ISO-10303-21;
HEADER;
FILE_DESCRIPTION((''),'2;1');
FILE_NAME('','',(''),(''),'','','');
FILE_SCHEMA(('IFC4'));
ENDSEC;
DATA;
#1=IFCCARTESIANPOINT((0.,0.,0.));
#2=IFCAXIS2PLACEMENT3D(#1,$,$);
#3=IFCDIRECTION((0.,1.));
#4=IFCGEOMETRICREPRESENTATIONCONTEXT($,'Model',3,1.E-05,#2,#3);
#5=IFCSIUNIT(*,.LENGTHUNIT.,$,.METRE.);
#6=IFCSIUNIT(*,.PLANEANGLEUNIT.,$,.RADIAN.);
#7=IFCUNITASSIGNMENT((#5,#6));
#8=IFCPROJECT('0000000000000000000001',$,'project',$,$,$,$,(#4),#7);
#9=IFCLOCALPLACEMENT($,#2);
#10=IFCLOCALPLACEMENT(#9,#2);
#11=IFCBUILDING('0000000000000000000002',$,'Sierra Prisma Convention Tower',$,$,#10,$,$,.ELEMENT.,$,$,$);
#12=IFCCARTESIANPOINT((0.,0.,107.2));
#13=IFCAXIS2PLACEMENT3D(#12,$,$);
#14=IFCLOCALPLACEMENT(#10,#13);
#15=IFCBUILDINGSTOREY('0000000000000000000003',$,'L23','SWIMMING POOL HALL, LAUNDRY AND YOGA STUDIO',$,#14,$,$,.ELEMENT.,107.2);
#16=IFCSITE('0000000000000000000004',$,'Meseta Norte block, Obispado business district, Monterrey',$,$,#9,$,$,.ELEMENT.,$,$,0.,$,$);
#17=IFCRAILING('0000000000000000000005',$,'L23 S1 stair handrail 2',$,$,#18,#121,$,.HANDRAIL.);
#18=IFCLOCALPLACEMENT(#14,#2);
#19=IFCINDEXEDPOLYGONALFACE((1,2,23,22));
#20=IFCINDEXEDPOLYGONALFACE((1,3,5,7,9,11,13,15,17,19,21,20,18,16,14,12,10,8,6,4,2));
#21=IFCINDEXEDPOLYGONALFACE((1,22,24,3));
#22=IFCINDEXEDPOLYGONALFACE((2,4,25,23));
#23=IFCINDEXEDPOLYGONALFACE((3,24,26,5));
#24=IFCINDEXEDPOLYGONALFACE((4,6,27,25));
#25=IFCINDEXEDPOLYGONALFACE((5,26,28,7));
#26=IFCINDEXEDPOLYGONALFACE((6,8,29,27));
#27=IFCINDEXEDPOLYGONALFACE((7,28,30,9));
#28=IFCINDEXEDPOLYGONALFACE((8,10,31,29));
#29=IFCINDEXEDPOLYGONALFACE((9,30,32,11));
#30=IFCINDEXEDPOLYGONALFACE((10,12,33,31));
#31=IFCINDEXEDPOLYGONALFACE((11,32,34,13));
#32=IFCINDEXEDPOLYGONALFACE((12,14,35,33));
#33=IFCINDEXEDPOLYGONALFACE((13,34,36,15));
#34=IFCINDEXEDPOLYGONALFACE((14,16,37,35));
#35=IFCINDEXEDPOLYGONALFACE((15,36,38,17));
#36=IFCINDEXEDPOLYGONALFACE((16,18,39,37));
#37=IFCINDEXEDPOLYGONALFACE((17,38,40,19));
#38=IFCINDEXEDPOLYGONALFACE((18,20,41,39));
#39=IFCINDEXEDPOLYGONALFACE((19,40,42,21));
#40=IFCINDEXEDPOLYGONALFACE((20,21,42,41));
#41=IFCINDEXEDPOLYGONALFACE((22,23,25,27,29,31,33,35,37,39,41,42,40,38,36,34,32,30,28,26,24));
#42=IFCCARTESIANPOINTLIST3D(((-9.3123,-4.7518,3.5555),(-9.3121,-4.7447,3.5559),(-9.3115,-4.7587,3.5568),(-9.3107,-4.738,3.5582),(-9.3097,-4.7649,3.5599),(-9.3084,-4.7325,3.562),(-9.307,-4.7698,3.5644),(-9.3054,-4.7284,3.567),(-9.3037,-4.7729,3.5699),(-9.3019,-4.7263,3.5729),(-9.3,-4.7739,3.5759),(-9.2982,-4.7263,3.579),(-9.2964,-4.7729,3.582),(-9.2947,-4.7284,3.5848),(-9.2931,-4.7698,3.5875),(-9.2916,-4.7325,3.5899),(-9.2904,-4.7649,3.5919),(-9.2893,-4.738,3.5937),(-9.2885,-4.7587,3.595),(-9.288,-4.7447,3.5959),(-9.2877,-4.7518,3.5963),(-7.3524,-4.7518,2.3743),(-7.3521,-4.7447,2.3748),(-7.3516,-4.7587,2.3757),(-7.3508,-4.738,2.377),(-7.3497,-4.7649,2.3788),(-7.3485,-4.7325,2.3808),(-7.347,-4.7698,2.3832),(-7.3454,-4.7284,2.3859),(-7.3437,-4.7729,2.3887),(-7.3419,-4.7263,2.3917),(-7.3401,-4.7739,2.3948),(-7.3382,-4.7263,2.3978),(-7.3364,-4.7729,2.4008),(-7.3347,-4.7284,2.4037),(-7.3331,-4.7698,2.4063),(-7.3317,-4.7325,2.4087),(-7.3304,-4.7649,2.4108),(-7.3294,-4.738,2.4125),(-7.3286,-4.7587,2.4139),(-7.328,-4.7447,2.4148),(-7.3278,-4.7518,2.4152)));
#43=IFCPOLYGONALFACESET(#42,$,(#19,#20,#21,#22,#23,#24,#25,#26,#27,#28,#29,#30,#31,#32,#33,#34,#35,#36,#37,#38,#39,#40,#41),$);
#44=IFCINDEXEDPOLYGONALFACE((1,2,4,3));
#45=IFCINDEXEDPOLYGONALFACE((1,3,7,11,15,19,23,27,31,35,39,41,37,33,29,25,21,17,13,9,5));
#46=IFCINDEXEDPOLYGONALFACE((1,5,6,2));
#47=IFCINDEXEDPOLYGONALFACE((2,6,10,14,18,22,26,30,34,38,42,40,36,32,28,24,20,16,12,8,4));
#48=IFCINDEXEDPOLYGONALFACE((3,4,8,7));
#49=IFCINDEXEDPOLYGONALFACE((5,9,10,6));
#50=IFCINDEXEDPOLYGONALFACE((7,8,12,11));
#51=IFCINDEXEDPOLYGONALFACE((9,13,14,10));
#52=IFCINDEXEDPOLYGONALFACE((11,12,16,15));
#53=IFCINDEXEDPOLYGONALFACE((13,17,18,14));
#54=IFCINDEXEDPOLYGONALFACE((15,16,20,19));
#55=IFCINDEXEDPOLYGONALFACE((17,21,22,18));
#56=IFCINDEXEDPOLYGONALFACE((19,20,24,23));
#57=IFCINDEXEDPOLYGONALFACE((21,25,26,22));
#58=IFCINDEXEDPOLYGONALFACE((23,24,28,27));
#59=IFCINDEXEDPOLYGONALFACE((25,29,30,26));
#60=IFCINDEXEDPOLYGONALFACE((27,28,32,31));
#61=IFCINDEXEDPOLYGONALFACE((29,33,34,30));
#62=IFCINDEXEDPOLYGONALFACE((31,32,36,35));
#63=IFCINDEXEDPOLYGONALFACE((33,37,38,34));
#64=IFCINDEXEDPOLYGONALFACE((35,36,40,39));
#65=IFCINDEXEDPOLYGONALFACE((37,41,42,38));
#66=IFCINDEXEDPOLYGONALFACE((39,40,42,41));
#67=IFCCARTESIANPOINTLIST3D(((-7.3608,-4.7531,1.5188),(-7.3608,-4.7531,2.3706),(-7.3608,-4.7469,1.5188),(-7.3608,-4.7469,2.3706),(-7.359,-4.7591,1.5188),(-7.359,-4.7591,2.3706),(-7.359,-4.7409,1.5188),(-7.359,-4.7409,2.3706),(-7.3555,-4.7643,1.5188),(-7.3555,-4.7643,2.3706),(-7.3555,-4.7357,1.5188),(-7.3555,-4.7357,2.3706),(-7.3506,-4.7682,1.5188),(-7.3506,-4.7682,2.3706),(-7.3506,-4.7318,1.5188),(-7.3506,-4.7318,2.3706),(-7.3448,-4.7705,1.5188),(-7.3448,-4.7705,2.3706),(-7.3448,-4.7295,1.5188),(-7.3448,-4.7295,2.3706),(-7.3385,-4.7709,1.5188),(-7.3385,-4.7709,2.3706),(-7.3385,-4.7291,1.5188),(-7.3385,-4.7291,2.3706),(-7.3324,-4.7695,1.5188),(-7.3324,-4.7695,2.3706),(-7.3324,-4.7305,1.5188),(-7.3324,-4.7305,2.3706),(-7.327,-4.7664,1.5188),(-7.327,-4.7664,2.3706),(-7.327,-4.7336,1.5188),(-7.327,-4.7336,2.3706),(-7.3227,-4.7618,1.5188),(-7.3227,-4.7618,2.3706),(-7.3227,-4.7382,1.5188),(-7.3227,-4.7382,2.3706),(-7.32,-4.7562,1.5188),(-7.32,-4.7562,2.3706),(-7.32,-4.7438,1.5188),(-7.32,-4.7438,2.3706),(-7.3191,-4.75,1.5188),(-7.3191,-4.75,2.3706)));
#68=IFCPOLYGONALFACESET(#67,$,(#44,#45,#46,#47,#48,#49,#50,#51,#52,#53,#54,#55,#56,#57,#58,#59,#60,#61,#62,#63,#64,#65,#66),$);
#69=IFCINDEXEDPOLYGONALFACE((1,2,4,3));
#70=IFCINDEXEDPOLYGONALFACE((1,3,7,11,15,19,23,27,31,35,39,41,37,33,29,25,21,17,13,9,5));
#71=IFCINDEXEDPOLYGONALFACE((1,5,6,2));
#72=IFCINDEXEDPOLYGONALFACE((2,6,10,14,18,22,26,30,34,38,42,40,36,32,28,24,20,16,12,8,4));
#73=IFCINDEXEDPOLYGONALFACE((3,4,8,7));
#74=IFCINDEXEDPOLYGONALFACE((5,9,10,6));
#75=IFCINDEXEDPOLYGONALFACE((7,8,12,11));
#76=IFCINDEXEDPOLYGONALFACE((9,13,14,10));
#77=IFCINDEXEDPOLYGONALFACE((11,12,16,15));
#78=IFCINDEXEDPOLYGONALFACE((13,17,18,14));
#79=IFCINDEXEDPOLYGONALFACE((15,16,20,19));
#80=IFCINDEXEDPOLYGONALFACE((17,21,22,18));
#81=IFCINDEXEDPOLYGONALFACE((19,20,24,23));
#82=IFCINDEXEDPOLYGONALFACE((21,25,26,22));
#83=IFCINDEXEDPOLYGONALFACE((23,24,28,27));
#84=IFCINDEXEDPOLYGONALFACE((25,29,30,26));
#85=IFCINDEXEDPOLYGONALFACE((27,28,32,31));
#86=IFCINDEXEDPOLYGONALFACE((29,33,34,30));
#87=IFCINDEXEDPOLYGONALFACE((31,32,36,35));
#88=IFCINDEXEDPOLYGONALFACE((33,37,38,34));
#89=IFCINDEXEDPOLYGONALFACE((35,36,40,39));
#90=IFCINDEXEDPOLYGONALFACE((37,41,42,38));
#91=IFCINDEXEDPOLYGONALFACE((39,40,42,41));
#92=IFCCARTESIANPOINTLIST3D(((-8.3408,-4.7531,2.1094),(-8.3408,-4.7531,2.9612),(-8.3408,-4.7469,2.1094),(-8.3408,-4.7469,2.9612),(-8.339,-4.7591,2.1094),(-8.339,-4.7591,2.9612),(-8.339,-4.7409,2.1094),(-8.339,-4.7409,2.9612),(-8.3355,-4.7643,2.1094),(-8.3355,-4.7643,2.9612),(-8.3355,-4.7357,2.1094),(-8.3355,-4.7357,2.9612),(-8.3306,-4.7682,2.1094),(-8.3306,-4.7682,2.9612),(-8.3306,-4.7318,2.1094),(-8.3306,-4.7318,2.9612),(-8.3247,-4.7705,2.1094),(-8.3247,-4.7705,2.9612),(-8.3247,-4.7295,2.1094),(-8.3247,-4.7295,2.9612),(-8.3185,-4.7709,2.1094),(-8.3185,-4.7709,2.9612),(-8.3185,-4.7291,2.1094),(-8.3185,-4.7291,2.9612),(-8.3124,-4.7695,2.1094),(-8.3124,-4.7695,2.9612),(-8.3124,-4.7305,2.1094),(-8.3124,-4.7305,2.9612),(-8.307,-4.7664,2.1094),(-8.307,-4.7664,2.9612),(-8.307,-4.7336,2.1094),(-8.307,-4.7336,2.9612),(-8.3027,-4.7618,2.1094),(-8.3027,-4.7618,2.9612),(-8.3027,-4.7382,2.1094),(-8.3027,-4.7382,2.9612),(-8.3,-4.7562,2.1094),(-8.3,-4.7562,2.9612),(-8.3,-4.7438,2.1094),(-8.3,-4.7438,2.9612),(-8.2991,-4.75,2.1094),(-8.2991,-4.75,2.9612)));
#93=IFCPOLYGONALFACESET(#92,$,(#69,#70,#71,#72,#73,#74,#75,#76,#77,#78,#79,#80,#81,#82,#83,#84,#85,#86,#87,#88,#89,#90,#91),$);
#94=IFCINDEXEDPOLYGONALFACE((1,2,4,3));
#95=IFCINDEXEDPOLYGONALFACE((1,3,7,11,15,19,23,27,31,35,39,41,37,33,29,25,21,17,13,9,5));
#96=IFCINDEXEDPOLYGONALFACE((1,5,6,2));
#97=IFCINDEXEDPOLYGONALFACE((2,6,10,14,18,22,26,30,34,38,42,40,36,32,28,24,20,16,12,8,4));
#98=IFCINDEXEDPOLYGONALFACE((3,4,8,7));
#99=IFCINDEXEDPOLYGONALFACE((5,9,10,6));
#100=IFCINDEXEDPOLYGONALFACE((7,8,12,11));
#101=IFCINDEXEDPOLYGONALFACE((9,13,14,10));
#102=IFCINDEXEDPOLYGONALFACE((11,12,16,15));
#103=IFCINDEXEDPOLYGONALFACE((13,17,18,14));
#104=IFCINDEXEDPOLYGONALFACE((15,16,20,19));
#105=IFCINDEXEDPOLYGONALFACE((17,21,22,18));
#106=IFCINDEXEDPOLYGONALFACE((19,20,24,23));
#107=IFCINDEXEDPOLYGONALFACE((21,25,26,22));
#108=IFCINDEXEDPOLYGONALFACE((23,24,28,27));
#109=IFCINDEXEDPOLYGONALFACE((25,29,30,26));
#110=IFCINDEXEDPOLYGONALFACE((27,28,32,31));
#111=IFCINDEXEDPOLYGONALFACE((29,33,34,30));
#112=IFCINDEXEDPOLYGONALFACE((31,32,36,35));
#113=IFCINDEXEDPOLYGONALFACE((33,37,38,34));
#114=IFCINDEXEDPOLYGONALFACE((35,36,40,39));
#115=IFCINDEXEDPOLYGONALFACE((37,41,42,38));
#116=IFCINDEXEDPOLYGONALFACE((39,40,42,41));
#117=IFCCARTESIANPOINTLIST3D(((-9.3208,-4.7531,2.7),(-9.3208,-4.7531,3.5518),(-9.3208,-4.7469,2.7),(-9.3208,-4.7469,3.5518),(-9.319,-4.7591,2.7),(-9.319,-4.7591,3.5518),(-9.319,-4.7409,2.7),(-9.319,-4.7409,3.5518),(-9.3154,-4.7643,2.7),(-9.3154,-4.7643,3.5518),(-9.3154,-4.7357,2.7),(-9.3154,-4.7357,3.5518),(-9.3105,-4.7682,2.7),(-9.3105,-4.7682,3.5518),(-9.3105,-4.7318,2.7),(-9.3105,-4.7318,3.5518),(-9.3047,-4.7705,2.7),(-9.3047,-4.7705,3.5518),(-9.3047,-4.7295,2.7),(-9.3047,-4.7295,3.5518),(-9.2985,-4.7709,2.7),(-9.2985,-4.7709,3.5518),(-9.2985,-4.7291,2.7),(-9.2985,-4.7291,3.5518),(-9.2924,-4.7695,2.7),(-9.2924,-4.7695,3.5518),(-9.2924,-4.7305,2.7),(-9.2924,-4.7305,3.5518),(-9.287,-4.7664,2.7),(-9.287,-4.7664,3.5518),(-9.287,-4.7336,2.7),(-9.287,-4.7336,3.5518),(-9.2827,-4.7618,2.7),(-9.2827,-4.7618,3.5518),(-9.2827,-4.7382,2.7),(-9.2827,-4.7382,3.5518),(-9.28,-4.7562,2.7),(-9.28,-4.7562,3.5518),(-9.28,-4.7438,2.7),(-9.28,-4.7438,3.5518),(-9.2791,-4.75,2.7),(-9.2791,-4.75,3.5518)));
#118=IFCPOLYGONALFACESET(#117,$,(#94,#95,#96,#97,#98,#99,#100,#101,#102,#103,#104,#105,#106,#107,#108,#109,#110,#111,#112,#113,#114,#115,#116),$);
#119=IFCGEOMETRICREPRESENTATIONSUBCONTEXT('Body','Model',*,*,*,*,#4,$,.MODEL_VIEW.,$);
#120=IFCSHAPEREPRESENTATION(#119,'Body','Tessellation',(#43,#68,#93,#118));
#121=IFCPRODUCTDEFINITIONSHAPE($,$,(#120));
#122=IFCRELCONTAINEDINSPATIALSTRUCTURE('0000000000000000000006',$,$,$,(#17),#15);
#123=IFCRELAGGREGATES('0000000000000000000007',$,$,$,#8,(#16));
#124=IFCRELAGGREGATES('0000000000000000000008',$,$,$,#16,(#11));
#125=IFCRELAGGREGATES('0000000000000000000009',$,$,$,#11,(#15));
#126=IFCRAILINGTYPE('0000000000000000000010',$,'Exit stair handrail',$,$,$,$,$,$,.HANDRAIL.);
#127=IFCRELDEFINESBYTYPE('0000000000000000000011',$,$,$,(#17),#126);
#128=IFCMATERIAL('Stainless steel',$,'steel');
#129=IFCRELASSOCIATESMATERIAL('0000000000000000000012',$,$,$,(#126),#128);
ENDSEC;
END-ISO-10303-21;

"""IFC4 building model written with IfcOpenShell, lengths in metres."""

from ifc_helpers import new_model, si_unit, direction, frame, origin, origin_2d, place, context, subcontext, project, spatial, circle, extrude, material, type_object, element, save


model = new_model("IFC4")

# Units and contexts
model_context = context("Model", 3, precision=1e-05, world=origin(), true_north=direction((0.0, 1.0)))
body_context = subcontext(model_context, "Body", "Model", "MODEL_VIEW")
ifc_project = project(units=[si_unit("LENGTHUNIT", "METRE"), si_unit("PLANEANGLEUNIT", "RADIAN")], contexts=[model_context])

# Site, building, storey
site_placement = place(None, origin())
site = spatial("IfcSite", under=ifc_project, at=site_placement, Name="Meseta Norte block, Obispado business district, Monterrey", CompositionType="ELEMENT", RefElevation=0.0)
building_placement = place(site_placement, origin())
building = spatial("IfcBuilding", under=site, at=building_placement, Name="Sierra Prisma Convention Tower", CompositionType="ELEMENT")
storey_placement = place(building_placement, frame((0.0, 0.0, 107.2)))
storey = spatial("IfcBuildingStorey", under=building, at=storey_placement, Name="L23", Description="SWIMMING POOL HALL, LAUNDRY AND YOGA STUDIO", CompositionType="ELEMENT", Elevation=107.2)

# Railing
ifc_material_1 = material(Name="Stainless steel", Category="steel")
railing_type_1 = type_object("IfcRailingType", Name="Exit stair handrail", PredefinedType="HANDRAIL", material=ifc_material_1)
railing_1_placement = place(storey_placement, frame((-7.3401, -4.75, 1.5188)))
element("IfcRailing", 1, at=railing_1_placement, inside=storey, type_object=railing_type_1, Name="L23 S1 stair handrail 2", PredefinedType="HANDRAIL", context=body_context, shape_type="SweptSolid", body=[
    extrude(circle(Radius=0.0239, at=origin_2d()), frame((0.0, 0.0, 0.876), z_axis=(-0.856493, 0.0, 0.516158), x_axis=(0.0, -1.0, 0.0)), (0.0, 0.0, 1.0), 2.2883),
    extrude(circle(Radius=0.021, at=origin_2d()), origin(), (0.0, 0.0, 1.0), 0.8518),
    extrude(circle(Radius=0.021, at=origin_2d()), frame((-0.98, 0.0, 0.5906)), (0.0, 0.0, 1.0), 0.8518),
    extrude(circle(Radius=0.021, at=origin_2d()), frame((-1.96, 0.0, 1.1812)), (0.0, 0.0, 1.0), 0.8518),
])

save(model, "model.ifc")
